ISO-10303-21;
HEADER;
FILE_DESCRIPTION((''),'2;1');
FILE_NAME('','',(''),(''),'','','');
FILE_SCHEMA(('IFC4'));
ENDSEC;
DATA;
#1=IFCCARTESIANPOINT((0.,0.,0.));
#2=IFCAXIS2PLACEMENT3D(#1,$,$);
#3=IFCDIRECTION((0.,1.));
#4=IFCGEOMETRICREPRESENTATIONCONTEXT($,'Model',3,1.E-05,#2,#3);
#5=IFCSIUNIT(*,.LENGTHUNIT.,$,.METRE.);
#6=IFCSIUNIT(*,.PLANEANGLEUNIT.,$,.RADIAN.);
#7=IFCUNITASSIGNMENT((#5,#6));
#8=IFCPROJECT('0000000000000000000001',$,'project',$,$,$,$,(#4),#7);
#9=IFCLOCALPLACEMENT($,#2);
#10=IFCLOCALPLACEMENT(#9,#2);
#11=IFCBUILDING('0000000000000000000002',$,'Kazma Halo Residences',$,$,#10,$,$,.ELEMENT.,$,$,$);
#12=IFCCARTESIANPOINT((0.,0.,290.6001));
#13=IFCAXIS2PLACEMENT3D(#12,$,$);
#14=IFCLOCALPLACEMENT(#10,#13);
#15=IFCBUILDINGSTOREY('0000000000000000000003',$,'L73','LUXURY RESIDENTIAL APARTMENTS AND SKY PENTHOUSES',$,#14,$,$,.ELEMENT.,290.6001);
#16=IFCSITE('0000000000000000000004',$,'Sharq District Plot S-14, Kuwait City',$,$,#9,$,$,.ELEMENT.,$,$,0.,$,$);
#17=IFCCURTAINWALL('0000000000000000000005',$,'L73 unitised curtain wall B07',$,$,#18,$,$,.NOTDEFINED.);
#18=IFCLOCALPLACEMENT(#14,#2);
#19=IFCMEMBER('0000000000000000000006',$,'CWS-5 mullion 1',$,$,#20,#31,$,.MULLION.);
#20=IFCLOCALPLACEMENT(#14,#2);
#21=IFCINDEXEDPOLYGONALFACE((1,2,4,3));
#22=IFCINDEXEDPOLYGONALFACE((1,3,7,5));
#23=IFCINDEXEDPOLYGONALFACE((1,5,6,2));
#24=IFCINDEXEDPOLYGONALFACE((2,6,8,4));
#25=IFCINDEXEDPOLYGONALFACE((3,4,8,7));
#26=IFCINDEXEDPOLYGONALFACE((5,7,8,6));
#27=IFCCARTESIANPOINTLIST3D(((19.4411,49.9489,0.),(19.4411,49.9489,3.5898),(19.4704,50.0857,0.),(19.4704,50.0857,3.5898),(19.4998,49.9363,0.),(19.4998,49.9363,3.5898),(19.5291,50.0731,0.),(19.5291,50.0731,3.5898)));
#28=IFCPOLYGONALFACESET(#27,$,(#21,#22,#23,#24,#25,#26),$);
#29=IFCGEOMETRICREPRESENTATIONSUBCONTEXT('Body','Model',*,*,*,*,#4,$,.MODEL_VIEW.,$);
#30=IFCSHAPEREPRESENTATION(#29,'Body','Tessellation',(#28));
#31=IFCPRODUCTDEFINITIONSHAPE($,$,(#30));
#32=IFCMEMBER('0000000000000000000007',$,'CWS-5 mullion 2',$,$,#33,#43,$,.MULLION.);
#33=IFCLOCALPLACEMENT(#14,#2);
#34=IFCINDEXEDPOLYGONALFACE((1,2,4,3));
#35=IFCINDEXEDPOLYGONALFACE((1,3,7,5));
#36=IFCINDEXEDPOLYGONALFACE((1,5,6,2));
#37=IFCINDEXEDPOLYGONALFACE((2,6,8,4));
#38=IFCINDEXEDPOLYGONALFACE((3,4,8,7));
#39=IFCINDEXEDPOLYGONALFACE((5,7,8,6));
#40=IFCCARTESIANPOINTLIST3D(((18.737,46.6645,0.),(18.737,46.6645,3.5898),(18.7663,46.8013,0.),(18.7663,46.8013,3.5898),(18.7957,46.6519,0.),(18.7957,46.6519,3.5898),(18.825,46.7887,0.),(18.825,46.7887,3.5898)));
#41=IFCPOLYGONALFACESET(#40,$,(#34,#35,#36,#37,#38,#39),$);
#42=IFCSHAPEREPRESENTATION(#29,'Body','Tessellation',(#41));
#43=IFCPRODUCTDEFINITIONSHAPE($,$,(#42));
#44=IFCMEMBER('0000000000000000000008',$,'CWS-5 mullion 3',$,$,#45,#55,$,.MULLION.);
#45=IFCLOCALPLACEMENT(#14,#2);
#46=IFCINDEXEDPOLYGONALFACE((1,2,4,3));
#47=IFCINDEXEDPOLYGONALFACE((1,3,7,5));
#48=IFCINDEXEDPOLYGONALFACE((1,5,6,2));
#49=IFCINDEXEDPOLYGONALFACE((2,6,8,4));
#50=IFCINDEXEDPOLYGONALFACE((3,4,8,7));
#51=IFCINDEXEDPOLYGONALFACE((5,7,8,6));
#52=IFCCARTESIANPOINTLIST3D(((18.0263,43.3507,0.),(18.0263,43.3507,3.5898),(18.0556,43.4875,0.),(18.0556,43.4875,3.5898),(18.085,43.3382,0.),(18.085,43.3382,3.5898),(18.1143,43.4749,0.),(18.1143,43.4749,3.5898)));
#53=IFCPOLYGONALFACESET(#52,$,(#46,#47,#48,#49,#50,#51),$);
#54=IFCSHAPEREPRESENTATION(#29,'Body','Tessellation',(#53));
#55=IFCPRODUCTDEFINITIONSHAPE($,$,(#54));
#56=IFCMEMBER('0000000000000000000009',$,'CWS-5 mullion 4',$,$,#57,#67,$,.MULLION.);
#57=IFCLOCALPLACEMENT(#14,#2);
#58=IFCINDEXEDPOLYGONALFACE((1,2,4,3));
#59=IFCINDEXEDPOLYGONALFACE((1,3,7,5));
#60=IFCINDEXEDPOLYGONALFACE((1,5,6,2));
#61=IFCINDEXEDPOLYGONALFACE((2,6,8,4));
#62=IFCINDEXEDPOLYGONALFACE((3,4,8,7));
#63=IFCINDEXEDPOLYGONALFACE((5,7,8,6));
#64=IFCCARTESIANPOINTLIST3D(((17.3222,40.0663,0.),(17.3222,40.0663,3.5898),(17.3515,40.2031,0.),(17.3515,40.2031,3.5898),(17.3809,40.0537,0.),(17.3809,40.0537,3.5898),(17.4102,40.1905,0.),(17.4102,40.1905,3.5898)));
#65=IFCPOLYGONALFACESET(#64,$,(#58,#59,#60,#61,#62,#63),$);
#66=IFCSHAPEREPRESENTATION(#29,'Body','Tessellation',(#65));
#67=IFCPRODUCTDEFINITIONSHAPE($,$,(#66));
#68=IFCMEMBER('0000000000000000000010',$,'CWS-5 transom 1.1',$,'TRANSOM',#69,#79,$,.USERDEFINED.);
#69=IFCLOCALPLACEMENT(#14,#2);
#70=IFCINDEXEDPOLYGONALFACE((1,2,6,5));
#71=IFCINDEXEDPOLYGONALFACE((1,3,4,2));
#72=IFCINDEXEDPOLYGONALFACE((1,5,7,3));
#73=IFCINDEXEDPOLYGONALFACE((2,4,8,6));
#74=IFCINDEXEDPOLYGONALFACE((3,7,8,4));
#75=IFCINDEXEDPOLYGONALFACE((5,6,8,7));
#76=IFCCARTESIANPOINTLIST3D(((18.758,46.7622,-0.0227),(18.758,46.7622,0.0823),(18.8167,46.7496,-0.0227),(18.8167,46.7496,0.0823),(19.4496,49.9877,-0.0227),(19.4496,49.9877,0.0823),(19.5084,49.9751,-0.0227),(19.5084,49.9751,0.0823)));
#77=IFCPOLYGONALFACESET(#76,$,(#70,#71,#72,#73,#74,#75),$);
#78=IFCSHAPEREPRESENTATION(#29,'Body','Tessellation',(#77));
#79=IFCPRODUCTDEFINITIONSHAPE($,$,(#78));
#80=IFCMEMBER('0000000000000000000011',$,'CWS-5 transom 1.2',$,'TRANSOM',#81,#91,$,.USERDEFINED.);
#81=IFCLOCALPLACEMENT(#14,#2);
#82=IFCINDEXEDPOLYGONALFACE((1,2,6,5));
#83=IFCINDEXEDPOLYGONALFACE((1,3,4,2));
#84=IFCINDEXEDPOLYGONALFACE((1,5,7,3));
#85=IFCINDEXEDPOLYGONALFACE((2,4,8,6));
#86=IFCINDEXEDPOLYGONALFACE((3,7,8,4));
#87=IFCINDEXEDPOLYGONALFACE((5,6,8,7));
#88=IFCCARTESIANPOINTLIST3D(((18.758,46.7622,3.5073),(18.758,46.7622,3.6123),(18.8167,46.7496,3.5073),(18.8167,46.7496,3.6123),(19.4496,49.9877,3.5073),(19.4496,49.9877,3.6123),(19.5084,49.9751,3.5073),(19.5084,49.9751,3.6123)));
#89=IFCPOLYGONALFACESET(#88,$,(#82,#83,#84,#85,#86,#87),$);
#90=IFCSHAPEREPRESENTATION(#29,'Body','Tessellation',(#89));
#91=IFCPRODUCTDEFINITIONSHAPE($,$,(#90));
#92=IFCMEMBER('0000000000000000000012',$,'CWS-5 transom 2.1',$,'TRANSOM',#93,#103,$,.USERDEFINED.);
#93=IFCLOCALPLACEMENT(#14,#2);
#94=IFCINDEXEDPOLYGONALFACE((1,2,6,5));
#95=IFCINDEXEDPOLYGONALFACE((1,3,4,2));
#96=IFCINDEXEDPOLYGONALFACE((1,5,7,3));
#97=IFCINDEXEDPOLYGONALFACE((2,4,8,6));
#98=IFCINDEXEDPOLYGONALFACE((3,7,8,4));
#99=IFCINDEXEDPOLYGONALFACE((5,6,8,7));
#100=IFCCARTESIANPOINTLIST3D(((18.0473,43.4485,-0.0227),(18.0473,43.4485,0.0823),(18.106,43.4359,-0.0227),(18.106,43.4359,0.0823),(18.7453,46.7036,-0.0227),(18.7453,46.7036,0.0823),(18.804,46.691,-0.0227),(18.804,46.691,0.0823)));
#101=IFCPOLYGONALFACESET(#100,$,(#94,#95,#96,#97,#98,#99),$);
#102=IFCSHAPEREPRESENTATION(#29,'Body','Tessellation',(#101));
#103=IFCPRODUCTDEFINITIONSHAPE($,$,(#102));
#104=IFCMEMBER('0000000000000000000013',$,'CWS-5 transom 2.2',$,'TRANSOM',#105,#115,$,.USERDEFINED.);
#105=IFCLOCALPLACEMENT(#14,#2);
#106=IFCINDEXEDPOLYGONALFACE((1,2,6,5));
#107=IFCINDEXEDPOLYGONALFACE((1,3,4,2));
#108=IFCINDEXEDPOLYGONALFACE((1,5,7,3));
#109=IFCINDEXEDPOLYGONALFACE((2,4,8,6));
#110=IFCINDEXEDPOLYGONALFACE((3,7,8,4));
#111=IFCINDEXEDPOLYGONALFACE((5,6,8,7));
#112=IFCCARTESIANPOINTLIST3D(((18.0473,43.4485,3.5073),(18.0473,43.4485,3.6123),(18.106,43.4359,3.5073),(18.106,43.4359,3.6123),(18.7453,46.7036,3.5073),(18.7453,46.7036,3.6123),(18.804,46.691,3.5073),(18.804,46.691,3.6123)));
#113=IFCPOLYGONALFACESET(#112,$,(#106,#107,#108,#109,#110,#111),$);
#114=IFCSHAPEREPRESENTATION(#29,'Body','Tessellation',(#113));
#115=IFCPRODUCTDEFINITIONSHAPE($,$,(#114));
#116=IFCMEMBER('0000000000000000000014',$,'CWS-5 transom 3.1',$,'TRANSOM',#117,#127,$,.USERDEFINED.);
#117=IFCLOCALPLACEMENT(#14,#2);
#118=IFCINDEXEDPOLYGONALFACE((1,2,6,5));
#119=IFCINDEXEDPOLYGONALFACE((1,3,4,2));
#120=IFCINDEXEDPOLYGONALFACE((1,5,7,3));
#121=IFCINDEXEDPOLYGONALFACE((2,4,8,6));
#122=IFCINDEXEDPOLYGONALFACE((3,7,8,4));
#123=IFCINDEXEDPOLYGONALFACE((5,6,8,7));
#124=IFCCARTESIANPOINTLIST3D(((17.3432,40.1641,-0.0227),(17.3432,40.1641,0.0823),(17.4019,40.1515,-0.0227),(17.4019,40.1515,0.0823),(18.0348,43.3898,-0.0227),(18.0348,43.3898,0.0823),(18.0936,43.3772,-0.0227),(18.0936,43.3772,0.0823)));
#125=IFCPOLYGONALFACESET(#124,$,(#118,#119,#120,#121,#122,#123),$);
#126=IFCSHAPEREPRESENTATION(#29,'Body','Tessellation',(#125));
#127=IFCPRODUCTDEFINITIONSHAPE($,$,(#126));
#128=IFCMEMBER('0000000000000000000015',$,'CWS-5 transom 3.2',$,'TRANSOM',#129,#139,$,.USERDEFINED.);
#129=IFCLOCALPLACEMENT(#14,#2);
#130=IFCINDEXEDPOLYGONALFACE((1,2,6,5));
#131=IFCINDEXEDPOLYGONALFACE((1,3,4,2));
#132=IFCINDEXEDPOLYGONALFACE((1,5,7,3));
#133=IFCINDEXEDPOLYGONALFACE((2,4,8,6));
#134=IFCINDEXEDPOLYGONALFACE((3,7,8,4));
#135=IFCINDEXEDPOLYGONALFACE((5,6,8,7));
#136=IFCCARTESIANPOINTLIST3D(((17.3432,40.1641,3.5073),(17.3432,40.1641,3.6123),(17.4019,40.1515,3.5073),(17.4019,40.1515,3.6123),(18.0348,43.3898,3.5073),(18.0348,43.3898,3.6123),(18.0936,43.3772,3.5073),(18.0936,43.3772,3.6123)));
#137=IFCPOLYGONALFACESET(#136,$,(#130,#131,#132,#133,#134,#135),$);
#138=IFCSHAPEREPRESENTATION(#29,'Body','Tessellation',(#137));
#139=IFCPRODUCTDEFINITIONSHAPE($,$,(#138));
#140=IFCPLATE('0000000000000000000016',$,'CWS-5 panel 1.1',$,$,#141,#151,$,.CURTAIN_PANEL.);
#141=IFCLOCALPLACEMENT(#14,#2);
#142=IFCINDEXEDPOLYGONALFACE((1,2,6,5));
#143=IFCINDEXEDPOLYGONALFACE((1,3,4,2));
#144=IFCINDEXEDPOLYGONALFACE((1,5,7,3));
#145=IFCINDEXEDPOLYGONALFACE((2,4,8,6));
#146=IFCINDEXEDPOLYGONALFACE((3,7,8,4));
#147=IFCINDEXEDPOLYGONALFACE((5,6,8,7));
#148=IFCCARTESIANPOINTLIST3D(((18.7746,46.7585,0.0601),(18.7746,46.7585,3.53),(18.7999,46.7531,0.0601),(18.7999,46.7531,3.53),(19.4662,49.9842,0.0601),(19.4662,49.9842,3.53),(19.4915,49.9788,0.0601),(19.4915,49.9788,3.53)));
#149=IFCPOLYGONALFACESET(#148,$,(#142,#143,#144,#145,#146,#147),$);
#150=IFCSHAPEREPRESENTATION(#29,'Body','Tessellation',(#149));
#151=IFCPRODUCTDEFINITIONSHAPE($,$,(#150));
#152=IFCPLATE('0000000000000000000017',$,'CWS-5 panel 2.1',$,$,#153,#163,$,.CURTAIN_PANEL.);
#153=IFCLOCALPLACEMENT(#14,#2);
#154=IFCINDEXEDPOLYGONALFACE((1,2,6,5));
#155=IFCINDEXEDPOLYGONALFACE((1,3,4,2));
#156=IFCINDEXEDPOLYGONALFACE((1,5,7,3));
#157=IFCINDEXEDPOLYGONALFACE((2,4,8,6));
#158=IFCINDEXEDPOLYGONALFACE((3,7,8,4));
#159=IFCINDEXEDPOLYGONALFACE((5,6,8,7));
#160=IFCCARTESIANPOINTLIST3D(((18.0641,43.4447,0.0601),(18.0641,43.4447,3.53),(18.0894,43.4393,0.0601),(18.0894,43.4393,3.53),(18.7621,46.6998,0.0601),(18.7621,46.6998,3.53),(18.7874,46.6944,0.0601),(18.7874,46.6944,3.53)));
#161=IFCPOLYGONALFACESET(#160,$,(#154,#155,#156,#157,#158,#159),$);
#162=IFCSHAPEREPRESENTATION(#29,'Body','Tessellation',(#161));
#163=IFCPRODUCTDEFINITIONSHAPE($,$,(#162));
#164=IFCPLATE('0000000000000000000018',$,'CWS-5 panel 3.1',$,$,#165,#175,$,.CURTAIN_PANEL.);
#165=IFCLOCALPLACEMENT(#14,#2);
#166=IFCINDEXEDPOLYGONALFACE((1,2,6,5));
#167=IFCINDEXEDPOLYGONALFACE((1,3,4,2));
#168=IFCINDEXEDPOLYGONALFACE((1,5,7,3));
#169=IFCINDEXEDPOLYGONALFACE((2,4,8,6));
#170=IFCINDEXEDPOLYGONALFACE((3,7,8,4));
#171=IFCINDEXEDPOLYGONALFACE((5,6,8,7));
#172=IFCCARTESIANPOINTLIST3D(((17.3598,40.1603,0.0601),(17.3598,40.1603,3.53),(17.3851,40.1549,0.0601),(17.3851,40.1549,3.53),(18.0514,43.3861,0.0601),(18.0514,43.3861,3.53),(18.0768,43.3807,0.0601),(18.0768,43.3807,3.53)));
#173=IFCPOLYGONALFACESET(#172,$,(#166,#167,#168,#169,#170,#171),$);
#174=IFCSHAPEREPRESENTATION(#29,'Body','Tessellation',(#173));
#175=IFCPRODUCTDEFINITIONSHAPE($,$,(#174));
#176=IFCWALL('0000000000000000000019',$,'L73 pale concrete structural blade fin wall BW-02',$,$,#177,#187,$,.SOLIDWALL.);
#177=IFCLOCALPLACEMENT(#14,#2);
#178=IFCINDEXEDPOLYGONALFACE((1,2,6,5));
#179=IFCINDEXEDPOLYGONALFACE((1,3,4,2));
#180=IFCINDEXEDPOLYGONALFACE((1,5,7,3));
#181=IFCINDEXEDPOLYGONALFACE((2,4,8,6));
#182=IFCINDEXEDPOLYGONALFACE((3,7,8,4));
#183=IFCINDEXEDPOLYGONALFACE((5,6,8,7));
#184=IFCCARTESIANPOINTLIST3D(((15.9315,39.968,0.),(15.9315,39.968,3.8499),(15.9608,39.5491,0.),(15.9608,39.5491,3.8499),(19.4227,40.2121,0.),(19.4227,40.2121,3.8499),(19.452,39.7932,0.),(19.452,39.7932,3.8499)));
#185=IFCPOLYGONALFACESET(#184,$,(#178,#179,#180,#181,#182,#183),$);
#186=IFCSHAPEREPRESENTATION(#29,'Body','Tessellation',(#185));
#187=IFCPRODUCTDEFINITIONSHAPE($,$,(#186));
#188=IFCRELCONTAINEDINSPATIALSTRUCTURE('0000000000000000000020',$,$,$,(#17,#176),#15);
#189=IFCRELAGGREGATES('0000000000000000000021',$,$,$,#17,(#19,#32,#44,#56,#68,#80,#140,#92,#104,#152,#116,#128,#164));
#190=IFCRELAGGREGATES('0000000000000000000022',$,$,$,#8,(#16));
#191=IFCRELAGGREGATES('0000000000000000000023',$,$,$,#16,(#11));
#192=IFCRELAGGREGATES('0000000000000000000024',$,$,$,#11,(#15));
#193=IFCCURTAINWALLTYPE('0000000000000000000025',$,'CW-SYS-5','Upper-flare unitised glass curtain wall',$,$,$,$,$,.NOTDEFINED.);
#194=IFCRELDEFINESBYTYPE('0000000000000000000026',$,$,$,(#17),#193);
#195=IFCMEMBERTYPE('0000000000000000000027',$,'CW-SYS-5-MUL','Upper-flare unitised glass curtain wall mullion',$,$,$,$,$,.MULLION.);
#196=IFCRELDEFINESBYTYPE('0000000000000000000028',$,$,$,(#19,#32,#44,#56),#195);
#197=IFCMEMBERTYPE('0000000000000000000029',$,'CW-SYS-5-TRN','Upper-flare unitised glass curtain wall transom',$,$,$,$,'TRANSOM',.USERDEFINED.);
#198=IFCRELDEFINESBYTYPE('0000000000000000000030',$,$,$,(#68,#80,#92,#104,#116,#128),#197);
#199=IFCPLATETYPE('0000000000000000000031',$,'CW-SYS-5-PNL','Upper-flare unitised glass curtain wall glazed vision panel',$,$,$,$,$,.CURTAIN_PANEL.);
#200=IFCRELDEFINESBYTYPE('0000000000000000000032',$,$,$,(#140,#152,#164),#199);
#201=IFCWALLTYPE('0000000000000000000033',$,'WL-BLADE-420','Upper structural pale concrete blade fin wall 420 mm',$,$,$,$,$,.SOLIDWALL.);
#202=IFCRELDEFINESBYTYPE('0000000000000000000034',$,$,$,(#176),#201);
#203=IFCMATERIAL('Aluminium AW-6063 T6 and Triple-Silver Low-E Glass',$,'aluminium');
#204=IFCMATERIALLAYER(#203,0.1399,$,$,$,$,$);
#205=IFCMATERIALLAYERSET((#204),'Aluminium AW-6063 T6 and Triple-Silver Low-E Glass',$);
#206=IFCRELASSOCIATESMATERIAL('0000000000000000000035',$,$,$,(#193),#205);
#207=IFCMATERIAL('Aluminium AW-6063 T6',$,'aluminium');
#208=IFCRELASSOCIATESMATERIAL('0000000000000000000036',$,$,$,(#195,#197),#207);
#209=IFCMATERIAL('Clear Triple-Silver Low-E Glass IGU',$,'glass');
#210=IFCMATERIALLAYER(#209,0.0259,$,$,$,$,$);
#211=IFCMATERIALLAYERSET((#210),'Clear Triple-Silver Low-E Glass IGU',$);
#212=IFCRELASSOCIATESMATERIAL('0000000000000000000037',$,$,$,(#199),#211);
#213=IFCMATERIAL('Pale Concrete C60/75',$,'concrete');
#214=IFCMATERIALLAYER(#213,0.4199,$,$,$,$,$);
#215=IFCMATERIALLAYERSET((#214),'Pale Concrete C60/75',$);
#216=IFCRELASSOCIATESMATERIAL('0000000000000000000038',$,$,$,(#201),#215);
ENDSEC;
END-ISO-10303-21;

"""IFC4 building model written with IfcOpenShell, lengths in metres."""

from ifc_helpers import new_model, si_unit, direction, frame, frame_2d, origin, origin_2d, place, context, subcontext, project, spatial, rectangle, extrude, material, layer, layer_set, material_profile, profile_set, type_object, element, aggregate, save


model = new_model("IFC4")

# Units and contexts
model_context = context("Model", 3, precision=1e-05, world=origin(), true_north=direction((0.0, 1.0)))
body_context = subcontext(model_context, "Body", "Model", "MODEL_VIEW")
ifc_project = project(units=[si_unit("LENGTHUNIT", "METRE"), si_unit("PLANEANGLEUNIT", "RADIAN")], contexts=[model_context])

# Site, building, storey
site_placement = place(None, origin())
site = spatial("IfcSite", under=ifc_project, at=site_placement, Name="Sharq District Plot S-14, Kuwait City", CompositionType="ELEMENT", RefElevation=0.0)
building_placement = place(site_placement, origin())
building = spatial("IfcBuilding", under=site, at=building_placement, Name="Kazma Halo Residences", CompositionType="ELEMENT")
storey_placement = place(building_placement, frame((0.0, 0.0, 290.6001)))
storey = spatial("IfcBuildingStorey", under=building, at=storey_placement, Name="L73", Description="LUXURY RESIDENTIAL APARTMENTS AND SKY PENTHOUSES", CompositionType="ELEMENT", Elevation=290.6001)

# Curtain wall, members, plates
ifc_material_1 = material(Name="Aluminium AW-6063 T6 and Triple-Silver Low-E Glass", Category="aluminium")
ifc_layer_1 = layer(ifc_material_1, 0.1399)
ifc_layer_set_1 = layer_set([ifc_layer_1], Name="Aluminium AW-6063 T6 and Triple-Silver Low-E Glass")
curtain_wall_type = type_object("IfcCurtainWallType", Name="CW-SYS-5", Description="Upper-flare unitised glass curtain wall", PredefinedType="NOTDEFINED", material=ifc_layer_set_1)
curtain_wall_placement = place(storey_placement, origin())
curtain_wall = element("IfcCurtainWall", 1, at=curtain_wall_placement, inside=storey, type_object=curtain_wall_type, Name="L73 unitised curtain wall B07", PredefinedType="NOTDEFINED")
ifc_material_2 = material(Name="Aluminium AW-6063 T6", Category="aluminium")
ifc_material_profile_1 = material_profile(ifc_material_2, rectangle(XDim=0.0601, YDim=0.1399, at=origin_2d()), Name="CWM-60x140")
ifc_profile_set_1 = profile_set([ifc_material_profile_1], Name="Aluminium AW-6063 T6")
member_type_1 = type_object("IfcMemberType", Name="CW-SYS-5-MUL", Description="Upper-flare unitised glass curtain wall mullion", PredefinedType="MULLION", material=ifc_profile_set_1)
member_1_placement = place(storey_placement, frame((19.4851, 50.011, 0.0), z_axis=(0.0, 0.0, 1.0), x_axis=(0.977775, -0.209657, 0.0)))
member_1 = element("IfcMember", 2, at=member_1_placement, type_object=member_type_1, Name="CWS-5 mullion 1", PredefinedType="MULLION", context=body_context, shape_type="SweptSolid", body=[
    extrude(rectangle(XDim=0.0601, YDim=0.1399, at=origin_2d()), origin(), (0.0, 0.0, 1.0), 3.5898),
])
member_2_placement = place(storey_placement, frame((18.781, 46.7266, 0.0), z_axis=(0.0, 0.0, 1.0), x_axis=(0.977775, -0.209657, 0.0)))
member_2 = element("IfcMember", 3, at=member_2_placement, type_object=member_type_1, Name="CWS-5 mullion 2", PredefinedType="MULLION", context=body_context, shape_type="SweptSolid", body=[
    extrude(rectangle(XDim=0.0601, YDim=0.1399, at=origin_2d()), origin(), (0.0, 0.0, 1.0), 3.5898),
])
member_3_placement = place(storey_placement, frame((18.0703, 43.4128, 0.0), z_axis=(0.0, 0.0, 1.0), x_axis=(0.977775, -0.209657, 0.0)))
member_3 = element("IfcMember", 4, at=member_3_placement, type_object=member_type_1, Name="CWS-5 mullion 3", PredefinedType="MULLION", context=body_context, shape_type="SweptSolid", body=[
    extrude(rectangle(XDim=0.0601, YDim=0.1399, at=origin_2d()), origin(), (0.0, 0.0, 1.0), 3.5898),
])
member_4_placement = place(storey_placement, frame((17.3662, 40.1284, 0.0), z_axis=(0.0, 0.0, 1.0), x_axis=(0.977775, -0.209657, 0.0)))
member_4 = element("IfcMember", 5, at=member_4_placement, type_object=member_type_1, Name="CWS-5 mullion 4", PredefinedType="MULLION", context=body_context, shape_type="SweptSolid", body=[
    extrude(rectangle(XDim=0.0601, YDim=0.1399, at=origin_2d()), origin(), (0.0, 0.0, 1.0), 3.5898),
])
ifc_material_profile_2 = material_profile(ifc_material_2, rectangle(XDim=0.0601, YDim=0.105, at=origin_2d()), Name="CWT-60x105")
ifc_profile_set_2 = profile_set([ifc_material_profile_2], Name="Aluminium AW-6063 T6")
member_type_2 = type_object("IfcMemberType", Name="CW-SYS-5-TRN", Description="Upper-flare unitised glass curtain wall transom", ElementType="TRANSOM", PredefinedType="USERDEFINED", material=ifc_profile_set_2)
member_5_placement = place(storey_placement, frame((19.479, 49.9814, 0.0298), z_axis=(-0.20966, -0.977774, 0.0), x_axis=(0.977774, -0.20966, 0.0)))
member_5 = element("IfcMember", 6, at=member_5_placement, type_object=member_type_2, Name="CWS-5 transom 1.1", ObjectType="TRANSOM", PredefinedType="USERDEFINED", context=body_context, shape_type="SweptSolid", body=[
    extrude(rectangle(XDim=0.0601, YDim=0.105, at=origin_2d()), origin(), (0.0, 0.0, 1.0), 3.2988),
])
member_6_placement = place(storey_placement, frame((19.479, 49.9814, 3.5598), z_axis=(-0.20966, -0.977774, 0.0), x_axis=(0.977774, -0.20966, 0.0)))
member_6 = element("IfcMember", 7, at=member_6_placement, type_object=member_type_2, Name="CWS-5 transom 1.2", ObjectType="TRANSOM", PredefinedType="USERDEFINED", context=body_context, shape_type="SweptSolid", body=[
    extrude(rectangle(XDim=0.0601, YDim=0.105, at=origin_2d()), origin(), (0.0, 0.0, 1.0), 3.2988),
])
member_7_placement = place(storey_placement, frame((18.7747, 46.6973, 0.0298), z_axis=(-0.209664, -0.977773, 0.0), x_axis=(0.977773, -0.209664, 0.0)))
member_7 = element("IfcMember", 8, at=member_7_placement, type_object=member_type_2, Name="CWS-5 transom 2.1", ObjectType="TRANSOM", PredefinedType="USERDEFINED", context=body_context, shape_type="SweptSolid", body=[
    extrude(rectangle(XDim=0.0601, YDim=0.105, at=origin_2d()), origin(), (0.0, 0.0, 1.0), 3.3291),
])
member_8_placement = place(storey_placement, frame((18.7747, 46.6973, 3.5598), z_axis=(-0.209664, -0.977773, 0.0), x_axis=(0.977773, -0.209664, 0.0)))
member_8 = element("IfcMember", 9, at=member_8_placement, type_object=member_type_2, Name="CWS-5 transom 2.2", ObjectType="TRANSOM", PredefinedType="USERDEFINED", context=body_context, shape_type="SweptSolid", body=[
    extrude(rectangle(XDim=0.0601, YDim=0.105, at=origin_2d()), origin(), (0.0, 0.0, 1.0), 3.3291),
])
member_9_placement = place(storey_placement, frame((18.0642, 43.3835, 0.0298), z_axis=(-0.209645, -0.977777, 0.0), x_axis=(0.977777, -0.209645, 0.0)))
member_9 = element("IfcMember", 10, at=member_9_placement, type_object=member_type_2, Name="CWS-5 transom 3.1", ObjectType="TRANSOM", PredefinedType="USERDEFINED", context=body_context, shape_type="SweptSolid", body=[
    extrude(rectangle(XDim=0.0601, YDim=0.105, at=origin_2d()), origin(), (0.0, 0.0, 1.0), 3.2991),
])
member_10_placement = place(storey_placement, frame((18.0642, 43.3835, 3.5598), z_axis=(-0.209645, -0.977777, 0.0), x_axis=(0.977777, -0.209645, 0.0)))
member_10 = element("IfcMember", 11, at=member_10_placement, type_object=member_type_2, Name="CWS-5 transom 3.2", ObjectType="TRANSOM", PredefinedType="USERDEFINED", context=body_context, shape_type="SweptSolid", body=[
    extrude(rectangle(XDim=0.0601, YDim=0.105, at=origin_2d()), origin(), (0.0, 0.0, 1.0), 3.2991),
])
ifc_material_3 = material(Name="Clear Triple-Silver Low-E Glass IGU", Category="glass")
ifc_layer_2 = layer(ifc_material_3, 0.0259)
ifc_layer_set_2 = layer_set([ifc_layer_2], Name="Clear Triple-Silver Low-E Glass IGU")
plate_type = type_object("IfcPlateType", Name="CW-SYS-5-PNL", Description="Upper-flare unitised glass curtain wall glazed vision panel", PredefinedType="CURTAIN_PANEL", material=ifc_layer_set_2)
plate_1_placement = place(storey_placement, frame((19.1331, 48.3687, 0.0601), z_axis=(0.0, 0.0, 1.0), x_axis=(-0.209657, -0.977775, 0.0)))
plate_1 = element("IfcPlate", 12, at=plate_1_placement, type_object=plate_type, Name="CWS-5 panel 1.1", PredefinedType="CURTAIN_PANEL", context=body_context, shape_type="SweptSolid", body=[
    extrude(rectangle(XDim=3.2991, YDim=0.0259, at=origin_2d()), origin(), (0.0, 0.0, 1.0), 3.47),
])
plate_2_placement = place(storey_placement, frame((18.4258, 45.0696, 0.0601), z_axis=(0.0, 0.0, 1.0), x_axis=(-0.209657, -0.977775, 0.0)))
plate_2 = element("IfcPlate", 13, at=plate_2_placement, type_object=plate_type, Name="CWS-5 panel 2.1", PredefinedType="CURTAIN_PANEL", context=body_context, shape_type="SweptSolid", body=[
    extrude(rectangle(XDim=3.3291, YDim=0.0259, at=origin_2d()), origin(), (0.0, 0.0, 1.0), 3.47),
])
plate_3_placement = place(storey_placement, frame((17.7183, 41.7705, 0.0601), z_axis=(0.0, 0.0, 1.0), x_axis=(-0.209657, -0.977775, 0.0)))
plate_3 = element("IfcPlate", 14, at=plate_3_placement, type_object=plate_type, Name="CWS-5 panel 3.1", PredefinedType="CURTAIN_PANEL", context=body_context, shape_type="SweptSolid", body=[
    extrude(rectangle(XDim=3.2991, YDim=0.0259, at=origin_2d()), origin(), (0.0, 0.0, 1.0), 3.47),
])
aggregate(curtain_wall, [member_1, member_2, member_3, member_4, member_5, member_6, plate_1, member_7, member_8, plate_2, member_9, member_10, plate_3])

# Wall
ifc_material_4 = material(Name="Pale Concrete C60/75", Category="concrete")
ifc_layer_3 = layer(ifc_material_4, 0.4199)
ifc_layer_set_3 = layer_set([ifc_layer_3], Name="Pale Concrete C60/75")
wall_type_1 = type_object("IfcWallType", Name="WL-BLADE-420", Description="Upper structural pale concrete blade fin wall 420 mm", PredefinedType="SOLIDWALL", material=ifc_layer_set_3)
wall_1_placement = place(storey_placement, frame((19.4375, 40.0027, 0.0), z_axis=(0.0, 0.0, 1.0), x_axis=(-0.997564, -0.06976, 0.0)))
element("IfcWall", 15, at=wall_1_placement, inside=storey, type_object=wall_type_1, Name="L73 pale concrete structural blade fin wall BW-02", PredefinedType="SOLIDWALL", context=body_context, shape_type="SweptSolid", body=[
    extrude(rectangle(XDim=3.4998, YDim=0.4199, at=frame_2d((1.75, 0.0))), origin(), (0.0, 0.0, 1.0), 3.8499),
])

save(model, "model.ifc")
